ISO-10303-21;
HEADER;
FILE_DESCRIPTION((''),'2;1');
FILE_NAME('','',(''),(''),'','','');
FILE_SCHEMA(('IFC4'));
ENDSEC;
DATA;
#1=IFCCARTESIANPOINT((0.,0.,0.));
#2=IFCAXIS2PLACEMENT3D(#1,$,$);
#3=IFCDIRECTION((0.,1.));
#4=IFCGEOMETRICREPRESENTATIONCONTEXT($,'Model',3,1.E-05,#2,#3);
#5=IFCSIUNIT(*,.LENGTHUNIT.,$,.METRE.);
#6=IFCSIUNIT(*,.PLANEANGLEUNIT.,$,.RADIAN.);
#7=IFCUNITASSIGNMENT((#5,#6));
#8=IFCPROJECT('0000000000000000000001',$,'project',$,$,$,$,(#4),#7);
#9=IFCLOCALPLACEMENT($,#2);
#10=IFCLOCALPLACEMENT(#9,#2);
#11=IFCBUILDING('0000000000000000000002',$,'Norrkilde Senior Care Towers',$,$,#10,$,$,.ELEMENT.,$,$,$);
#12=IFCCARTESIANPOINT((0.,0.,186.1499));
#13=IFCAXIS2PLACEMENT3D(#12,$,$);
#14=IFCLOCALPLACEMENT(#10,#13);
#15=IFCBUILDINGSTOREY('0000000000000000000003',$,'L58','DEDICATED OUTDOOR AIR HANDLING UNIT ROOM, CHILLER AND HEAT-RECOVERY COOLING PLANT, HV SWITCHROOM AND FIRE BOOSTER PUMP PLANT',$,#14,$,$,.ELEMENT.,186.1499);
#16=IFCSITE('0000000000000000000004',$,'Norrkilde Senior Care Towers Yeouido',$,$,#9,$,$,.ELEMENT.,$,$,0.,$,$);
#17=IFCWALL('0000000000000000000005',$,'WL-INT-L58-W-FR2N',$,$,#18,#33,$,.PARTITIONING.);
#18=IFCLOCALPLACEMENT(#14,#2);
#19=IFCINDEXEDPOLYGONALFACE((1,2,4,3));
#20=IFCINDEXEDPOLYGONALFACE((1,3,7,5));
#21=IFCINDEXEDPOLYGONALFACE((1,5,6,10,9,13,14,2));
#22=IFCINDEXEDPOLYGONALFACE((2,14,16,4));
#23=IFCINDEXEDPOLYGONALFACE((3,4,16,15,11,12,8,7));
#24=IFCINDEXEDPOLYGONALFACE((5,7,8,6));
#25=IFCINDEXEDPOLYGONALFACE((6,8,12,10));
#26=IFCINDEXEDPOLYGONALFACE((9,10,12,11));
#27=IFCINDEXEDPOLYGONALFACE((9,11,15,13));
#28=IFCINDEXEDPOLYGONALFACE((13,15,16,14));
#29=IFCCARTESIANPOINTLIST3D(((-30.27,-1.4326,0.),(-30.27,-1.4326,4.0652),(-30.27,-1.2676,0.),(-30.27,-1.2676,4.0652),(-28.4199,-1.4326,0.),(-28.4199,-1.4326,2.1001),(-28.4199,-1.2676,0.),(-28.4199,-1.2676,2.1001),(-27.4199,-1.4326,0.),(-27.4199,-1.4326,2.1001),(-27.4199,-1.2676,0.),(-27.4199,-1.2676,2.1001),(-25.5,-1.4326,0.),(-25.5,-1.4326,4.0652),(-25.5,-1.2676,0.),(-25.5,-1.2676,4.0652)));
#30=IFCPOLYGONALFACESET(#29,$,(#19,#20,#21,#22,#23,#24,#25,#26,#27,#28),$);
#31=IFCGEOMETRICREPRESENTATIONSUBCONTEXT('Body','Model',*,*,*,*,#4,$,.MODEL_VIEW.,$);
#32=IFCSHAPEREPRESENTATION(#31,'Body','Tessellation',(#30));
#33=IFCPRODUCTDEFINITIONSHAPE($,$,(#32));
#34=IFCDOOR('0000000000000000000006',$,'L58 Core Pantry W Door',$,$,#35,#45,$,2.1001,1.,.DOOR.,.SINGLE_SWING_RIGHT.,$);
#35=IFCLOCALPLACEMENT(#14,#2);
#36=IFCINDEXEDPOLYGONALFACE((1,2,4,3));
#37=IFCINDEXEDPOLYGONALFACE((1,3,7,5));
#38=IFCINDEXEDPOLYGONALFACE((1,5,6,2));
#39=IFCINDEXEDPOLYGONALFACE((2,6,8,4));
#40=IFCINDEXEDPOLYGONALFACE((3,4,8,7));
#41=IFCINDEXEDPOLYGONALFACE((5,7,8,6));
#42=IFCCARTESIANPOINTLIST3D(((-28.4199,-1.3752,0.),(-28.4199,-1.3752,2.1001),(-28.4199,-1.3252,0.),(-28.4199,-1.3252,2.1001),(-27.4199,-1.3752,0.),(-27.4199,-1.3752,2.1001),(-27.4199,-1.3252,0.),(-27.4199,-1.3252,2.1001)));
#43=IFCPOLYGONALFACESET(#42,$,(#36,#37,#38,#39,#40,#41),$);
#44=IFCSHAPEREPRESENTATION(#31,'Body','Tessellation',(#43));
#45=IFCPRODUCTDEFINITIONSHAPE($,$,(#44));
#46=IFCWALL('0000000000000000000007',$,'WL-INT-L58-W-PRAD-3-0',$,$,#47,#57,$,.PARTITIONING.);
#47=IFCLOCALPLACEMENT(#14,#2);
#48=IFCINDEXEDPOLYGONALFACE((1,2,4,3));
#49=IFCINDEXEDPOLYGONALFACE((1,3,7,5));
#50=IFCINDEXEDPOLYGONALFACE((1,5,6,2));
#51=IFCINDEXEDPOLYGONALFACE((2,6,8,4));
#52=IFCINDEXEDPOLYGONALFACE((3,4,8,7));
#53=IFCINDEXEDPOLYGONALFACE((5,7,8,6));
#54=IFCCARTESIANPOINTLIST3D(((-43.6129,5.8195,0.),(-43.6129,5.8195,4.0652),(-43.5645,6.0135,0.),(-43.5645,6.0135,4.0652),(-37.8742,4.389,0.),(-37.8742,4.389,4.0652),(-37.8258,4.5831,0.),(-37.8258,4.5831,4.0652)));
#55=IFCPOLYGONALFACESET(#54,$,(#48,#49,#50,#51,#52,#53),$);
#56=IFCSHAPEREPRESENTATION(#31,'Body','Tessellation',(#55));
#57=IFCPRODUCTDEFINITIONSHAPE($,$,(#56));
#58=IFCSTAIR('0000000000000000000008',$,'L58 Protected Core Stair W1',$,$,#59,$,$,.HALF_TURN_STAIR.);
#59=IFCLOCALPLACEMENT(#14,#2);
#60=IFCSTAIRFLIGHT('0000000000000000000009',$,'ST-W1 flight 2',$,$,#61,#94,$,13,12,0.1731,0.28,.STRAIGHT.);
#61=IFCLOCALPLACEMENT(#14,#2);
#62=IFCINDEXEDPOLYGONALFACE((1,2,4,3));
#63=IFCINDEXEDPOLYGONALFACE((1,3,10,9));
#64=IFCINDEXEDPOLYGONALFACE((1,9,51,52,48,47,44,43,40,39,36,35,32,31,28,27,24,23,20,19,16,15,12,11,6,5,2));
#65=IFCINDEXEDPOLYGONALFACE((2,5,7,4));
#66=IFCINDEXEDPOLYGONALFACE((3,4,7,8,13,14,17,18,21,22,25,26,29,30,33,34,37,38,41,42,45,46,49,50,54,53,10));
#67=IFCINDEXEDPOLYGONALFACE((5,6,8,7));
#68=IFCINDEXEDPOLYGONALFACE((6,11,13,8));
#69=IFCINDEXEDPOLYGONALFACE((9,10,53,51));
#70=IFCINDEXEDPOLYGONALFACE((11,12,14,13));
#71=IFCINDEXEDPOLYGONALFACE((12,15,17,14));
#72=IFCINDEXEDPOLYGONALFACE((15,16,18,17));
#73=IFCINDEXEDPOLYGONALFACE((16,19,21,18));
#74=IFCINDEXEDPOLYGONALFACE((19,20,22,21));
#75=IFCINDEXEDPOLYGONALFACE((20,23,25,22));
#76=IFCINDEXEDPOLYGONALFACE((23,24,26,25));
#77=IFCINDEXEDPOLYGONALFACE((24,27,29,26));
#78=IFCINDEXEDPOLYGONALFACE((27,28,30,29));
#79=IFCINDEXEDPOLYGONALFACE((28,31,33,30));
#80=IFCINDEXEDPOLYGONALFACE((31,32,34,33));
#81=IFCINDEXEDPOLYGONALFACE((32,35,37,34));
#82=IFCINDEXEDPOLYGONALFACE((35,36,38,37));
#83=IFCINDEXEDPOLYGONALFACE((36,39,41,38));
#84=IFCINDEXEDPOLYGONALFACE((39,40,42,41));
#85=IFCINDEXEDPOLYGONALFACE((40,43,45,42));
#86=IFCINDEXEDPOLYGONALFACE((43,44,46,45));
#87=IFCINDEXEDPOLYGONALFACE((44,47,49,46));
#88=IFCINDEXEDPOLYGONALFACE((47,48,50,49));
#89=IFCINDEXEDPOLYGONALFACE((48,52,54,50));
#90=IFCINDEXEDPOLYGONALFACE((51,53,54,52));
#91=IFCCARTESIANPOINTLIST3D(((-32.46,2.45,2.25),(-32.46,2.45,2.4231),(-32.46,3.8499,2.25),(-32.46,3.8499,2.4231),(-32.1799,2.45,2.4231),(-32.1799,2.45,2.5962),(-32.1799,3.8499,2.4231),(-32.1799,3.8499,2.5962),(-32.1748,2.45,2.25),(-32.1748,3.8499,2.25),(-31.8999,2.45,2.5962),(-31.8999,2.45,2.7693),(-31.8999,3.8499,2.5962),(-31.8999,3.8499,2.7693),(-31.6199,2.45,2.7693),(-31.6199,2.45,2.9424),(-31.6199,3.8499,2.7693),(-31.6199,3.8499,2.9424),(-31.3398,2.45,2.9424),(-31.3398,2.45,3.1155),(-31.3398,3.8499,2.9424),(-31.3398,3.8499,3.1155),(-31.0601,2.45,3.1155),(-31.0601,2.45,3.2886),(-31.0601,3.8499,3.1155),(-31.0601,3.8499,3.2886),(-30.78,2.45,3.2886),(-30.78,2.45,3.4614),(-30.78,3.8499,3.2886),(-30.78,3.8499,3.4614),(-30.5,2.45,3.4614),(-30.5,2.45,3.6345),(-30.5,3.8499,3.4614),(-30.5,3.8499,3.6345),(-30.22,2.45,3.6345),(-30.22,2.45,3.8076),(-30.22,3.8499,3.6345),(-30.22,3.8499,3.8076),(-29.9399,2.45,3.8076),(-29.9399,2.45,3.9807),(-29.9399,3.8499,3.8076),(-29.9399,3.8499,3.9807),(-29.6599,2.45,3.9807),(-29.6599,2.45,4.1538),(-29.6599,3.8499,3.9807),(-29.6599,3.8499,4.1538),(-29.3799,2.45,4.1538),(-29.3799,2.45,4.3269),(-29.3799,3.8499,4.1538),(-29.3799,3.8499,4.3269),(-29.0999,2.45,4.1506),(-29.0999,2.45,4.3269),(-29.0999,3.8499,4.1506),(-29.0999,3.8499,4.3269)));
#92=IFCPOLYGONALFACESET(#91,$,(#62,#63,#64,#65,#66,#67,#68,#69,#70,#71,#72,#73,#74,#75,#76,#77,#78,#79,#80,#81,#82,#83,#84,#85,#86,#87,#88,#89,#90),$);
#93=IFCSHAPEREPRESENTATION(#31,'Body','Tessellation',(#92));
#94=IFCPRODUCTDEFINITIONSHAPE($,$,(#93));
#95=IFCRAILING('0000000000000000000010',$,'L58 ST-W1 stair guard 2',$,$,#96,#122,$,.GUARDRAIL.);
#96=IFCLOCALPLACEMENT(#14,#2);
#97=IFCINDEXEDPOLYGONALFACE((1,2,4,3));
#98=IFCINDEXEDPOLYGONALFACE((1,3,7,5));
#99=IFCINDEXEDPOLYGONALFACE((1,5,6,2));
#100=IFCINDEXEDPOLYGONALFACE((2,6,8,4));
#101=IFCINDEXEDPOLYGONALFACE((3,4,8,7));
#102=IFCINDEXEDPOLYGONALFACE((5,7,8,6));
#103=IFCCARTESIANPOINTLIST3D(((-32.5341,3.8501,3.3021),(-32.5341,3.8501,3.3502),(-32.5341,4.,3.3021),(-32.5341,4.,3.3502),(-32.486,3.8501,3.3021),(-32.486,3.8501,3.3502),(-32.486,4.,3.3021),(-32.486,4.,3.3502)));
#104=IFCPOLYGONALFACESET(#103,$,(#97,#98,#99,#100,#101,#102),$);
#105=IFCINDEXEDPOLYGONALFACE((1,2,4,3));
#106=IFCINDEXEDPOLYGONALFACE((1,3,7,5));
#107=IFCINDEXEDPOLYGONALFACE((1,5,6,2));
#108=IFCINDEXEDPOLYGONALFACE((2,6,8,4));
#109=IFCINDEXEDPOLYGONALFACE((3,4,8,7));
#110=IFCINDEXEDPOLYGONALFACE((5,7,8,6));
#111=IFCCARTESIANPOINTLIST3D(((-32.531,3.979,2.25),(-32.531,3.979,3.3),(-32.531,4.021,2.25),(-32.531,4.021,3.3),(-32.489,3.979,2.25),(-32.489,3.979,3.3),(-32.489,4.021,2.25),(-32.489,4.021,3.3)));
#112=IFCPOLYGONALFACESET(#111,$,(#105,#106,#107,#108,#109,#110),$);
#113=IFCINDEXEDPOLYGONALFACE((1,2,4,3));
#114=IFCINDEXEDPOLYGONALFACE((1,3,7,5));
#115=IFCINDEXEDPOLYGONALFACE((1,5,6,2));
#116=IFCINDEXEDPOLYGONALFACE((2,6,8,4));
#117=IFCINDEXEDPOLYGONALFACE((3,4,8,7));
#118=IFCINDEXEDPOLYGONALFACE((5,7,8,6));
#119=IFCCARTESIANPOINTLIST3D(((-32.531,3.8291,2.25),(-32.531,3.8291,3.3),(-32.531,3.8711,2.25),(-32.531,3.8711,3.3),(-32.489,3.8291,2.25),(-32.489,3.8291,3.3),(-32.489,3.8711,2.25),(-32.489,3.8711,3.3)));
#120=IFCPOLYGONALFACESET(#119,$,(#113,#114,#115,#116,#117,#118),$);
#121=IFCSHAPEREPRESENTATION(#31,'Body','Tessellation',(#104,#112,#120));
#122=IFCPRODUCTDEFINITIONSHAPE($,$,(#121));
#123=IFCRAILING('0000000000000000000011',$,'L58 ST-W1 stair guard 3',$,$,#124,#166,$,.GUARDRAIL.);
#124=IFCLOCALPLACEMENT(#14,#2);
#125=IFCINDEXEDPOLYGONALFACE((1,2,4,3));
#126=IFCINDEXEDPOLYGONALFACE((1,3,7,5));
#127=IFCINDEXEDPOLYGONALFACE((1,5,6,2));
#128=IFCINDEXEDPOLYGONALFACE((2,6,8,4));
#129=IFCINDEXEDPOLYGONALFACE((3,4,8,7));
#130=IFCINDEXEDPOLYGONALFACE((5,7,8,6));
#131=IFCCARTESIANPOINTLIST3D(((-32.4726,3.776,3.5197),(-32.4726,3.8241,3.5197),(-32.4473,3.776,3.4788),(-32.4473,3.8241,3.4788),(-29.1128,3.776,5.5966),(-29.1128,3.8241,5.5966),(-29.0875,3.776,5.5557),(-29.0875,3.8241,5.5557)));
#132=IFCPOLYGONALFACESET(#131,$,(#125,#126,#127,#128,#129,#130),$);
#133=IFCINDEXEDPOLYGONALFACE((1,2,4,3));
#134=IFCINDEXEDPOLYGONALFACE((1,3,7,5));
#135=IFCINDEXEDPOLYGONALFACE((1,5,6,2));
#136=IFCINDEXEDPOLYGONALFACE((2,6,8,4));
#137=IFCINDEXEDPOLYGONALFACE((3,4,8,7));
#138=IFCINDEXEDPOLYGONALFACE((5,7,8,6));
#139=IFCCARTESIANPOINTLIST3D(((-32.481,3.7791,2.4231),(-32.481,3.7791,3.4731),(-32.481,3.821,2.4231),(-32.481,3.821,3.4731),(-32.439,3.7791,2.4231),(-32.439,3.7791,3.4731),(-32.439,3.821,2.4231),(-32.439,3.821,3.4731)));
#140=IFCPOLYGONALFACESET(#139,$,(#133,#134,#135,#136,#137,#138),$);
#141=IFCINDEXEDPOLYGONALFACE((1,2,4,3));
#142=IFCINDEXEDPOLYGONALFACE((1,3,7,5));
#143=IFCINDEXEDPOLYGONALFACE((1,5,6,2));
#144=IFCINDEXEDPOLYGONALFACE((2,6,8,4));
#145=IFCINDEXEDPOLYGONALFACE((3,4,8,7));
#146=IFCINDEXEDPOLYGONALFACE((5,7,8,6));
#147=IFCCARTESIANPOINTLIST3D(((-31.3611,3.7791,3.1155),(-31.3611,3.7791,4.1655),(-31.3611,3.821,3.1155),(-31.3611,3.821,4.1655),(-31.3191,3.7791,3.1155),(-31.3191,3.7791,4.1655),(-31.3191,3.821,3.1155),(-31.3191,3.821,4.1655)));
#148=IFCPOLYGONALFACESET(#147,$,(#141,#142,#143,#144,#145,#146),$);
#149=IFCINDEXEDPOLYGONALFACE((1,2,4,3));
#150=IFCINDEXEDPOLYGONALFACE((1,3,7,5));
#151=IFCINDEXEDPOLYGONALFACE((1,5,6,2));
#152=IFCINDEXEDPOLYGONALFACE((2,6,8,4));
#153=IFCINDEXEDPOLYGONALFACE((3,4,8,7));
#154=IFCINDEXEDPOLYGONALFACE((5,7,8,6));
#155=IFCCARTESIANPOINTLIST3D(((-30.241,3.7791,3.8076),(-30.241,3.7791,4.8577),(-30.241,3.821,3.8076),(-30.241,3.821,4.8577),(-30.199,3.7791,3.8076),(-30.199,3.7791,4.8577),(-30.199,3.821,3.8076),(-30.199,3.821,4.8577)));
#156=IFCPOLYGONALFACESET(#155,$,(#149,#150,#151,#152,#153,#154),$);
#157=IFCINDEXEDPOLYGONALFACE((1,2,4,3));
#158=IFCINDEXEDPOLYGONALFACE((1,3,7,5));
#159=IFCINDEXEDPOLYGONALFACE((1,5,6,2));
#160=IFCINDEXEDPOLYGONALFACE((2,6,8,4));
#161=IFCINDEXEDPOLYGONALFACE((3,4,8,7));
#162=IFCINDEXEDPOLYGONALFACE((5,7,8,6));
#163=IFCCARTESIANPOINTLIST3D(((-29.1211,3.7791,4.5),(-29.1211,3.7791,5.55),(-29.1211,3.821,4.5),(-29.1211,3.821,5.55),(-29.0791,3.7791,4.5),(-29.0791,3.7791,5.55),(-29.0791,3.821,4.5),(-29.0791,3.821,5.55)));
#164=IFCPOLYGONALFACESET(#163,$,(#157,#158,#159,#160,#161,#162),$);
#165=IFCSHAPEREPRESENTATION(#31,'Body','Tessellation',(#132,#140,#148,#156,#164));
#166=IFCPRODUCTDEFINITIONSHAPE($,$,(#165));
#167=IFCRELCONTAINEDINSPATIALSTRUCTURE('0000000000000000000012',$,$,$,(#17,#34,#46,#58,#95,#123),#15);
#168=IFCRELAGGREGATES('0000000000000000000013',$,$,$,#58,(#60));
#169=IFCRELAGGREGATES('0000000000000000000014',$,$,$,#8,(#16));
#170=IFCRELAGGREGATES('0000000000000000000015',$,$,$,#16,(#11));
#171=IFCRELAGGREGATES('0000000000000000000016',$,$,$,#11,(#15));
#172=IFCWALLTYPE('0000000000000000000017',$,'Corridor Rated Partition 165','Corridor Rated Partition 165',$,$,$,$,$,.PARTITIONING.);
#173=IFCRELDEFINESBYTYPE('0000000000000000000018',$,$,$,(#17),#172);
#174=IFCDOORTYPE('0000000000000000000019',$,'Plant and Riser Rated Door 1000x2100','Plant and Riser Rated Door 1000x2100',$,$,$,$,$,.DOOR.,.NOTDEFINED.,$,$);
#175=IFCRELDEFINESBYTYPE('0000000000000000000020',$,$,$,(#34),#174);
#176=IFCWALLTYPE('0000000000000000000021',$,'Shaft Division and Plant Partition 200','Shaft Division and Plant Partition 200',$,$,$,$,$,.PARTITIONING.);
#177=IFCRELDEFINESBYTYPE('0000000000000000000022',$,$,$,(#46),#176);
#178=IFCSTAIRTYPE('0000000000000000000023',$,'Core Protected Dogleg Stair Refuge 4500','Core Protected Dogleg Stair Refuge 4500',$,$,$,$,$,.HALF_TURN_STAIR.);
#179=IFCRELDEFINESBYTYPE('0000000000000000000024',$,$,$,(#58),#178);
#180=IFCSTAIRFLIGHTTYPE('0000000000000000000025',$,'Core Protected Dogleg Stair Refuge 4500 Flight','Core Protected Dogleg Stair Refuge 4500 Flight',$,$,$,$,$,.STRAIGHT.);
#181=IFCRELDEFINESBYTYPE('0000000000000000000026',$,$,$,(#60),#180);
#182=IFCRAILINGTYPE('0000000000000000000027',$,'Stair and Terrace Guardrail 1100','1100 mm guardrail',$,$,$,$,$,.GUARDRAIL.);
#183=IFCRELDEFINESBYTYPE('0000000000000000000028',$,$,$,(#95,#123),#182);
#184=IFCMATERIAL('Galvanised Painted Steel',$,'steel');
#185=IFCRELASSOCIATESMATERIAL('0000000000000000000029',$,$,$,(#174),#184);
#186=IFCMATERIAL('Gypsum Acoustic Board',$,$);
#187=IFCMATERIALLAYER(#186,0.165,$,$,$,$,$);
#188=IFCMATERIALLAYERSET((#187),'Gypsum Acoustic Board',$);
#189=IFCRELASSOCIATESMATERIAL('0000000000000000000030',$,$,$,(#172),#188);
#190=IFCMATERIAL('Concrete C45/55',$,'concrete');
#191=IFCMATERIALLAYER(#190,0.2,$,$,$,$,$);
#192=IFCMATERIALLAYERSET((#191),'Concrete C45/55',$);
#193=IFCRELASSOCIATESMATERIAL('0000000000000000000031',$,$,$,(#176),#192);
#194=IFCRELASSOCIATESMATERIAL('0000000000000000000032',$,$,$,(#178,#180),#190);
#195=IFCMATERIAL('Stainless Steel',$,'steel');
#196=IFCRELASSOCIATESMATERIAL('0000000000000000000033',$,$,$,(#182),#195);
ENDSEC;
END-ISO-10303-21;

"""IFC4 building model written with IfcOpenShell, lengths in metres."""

from ifc_helpers import new_model, si_unit, direction, frame, frame_2d, origin, origin_2d, place, context, subcontext, project, spatial, polyline, rectangle, outline, extrude, source, transform, mapped, material, layer, layer_set, type_object, type_shapes, element, fill, aggregate, save


model = new_model("IFC4")

# Units and contexts
model_context = context("Model", 3, precision=1e-05, world=origin(), true_north=direction((0.0, 1.0)))
body_context = subcontext(model_context, "Body", "Model", "MODEL_VIEW")
ifc_project = project(units=[si_unit("LENGTHUNIT", "METRE"), si_unit("PLANEANGLEUNIT", "RADIAN")], contexts=[model_context])

# Site, building, storey
site_placement = place(None, origin())
site = spatial("IfcSite", under=ifc_project, at=site_placement, Name="Norrkilde Senior Care Towers Yeouido", CompositionType="ELEMENT", RefElevation=0.0)
building_placement = place(site_placement, origin())
building = spatial("IfcBuilding", under=site, at=building_placement, Name="Norrkilde Senior Care Towers", CompositionType="ELEMENT")
storey_placement = place(building_placement, frame((0.0, 0.0, 186.1499)))
storey = spatial("IfcBuildingStorey", under=building, at=storey_placement, Name="L58", Description="DEDICATED OUTDOOR AIR HANDLING UNIT ROOM, CHILLER AND HEAT-RECOVERY COOLING PLANT, HV SWITCHROOM AND FIRE BOOSTER PUMP PLANT", CompositionType="ELEMENT", Elevation=186.1499)

# Shared definitions
ifc_material_1 = material(Name="Concrete C45/55", Category="concrete")

# Shared definitions
ifc_material_2 = material(Name="Galvanised Painted Steel", Category="steel")
door_type = type_object("IfcDoorType", Name="Plant and Riser Rated Door 1000x2100", Description="Plant and Riser Rated Door 1000x2100", OperationType="NOTDEFINED", PredefinedType="DOOR", material=ifc_material_2)
shared_shape_1 = source(origin(), body_context, "Body", "SweptSolid", [
    extrude(rectangle(XDim=1.0, YDim=2.1001, at=frame_2d((0.5, 1.05))), frame((0.0, 0.0249, 0.0), z_axis=(0.0, -1.0, 0.0), x_axis=(1.0, 0.0, 0.0)), (0.0, 0.0, 1.0), 0.05),
])
type_shapes(door_type, [shared_shape_1])

# Wall, opening, door
ifc_material_3 = material(Name="Gypsum Acoustic Board")
ifc_layer_1 = layer(ifc_material_3, 0.165)
ifc_layer_set_1 = layer_set([ifc_layer_1], Name="Gypsum Acoustic Board")
wall_type_1 = type_object("IfcWallType", Name="Corridor Rated Partition 165", Description="Corridor Rated Partition 165", PredefinedType="PARTITIONING", material=ifc_layer_set_1)
shared_shape_2 = source(origin(), body_context, "Body", "SweptSolid", [
    extrude(rectangle(XDim=4.77, YDim=0.165, at=frame_2d((2.385, 0.0))), origin(), (0.0, 0.0, 1.0), 4.0652),
])
type_shapes(wall_type_1, [shared_shape_2])
wall_1_placement = place(storey_placement, frame((-30.27, -1.3501, 0.0), z_axis=(0.0, 0.0, 1.0), x_axis=(1.0, 0.0, 0.0)))
wall_1 = element("IfcWall", 1, at=wall_1_placement, inside=storey, type_object=wall_type_1, Name="WL-INT-L58-W-FR2N", PredefinedType="PARTITIONING", context=body_context, shape_type="MappedRepresentation", body=[
    mapped(shared_shape_2, transform((0.0, 0.0, 0.0), x_axis=(1.0, 0.0, 0.0), y_axis=(0.0, 1.0, 0.0), z_axis=(0.0, 0.0, 1.0), scale=1.0)),
])
opening_1_placement = place(wall_1_placement, frame((1.8501, 0.0, 0.0)))
opening_1 = element("IfcOpeningElement", 2, at=opening_1_placement, cuts=wall_1, PredefinedType="OPENING", context=body_context, shape_type="SweptSolid", body=[
    extrude(rectangle(XDim=1.0, YDim=2.1001, at=frame_2d((0.5, 1.05))), frame((0.0, 0.0925, 0.0), z_axis=(0.0, -1.0, 0.0), x_axis=(1.0, 0.0, 0.0)), (0.0, 0.0, 1.0), 0.1851),
])
door_1_placement = place(opening_1_placement, origin())
door_1 = element("IfcDoor", 3, at=door_1_placement, inside=storey, type_object=door_type, Name="L58 Core Pantry W Door", OperationType="SINGLE_SWING_RIGHT", OverallHeight=2.1001, OverallWidth=1.0, PredefinedType="DOOR", context=body_context, shape_type="MappedRepresentation", body=[
    mapped(shared_shape_1, transform((0.0, 0.0, 0.0), x_axis=(1.0, 0.0, 0.0), y_axis=(0.0, 1.0, 0.0), z_axis=(0.0, 0.0, 1.0), scale=1.0)),
])
fill(opening_1, door_1)

# Wall
ifc_layer_2 = layer(ifc_material_1, 0.2)
ifc_layer_set_2 = layer_set([ifc_layer_2], Name="Concrete C45/55")
wall_type_2 = type_object("IfcWallType", Name="Shaft Division and Plant Partition 200", Description="Shaft Division and Plant Partition 200", PredefinedType="PARTITIONING", material=ifc_layer_set_2)
shared_shape_3 = source(origin(), body_context, "Body", "SweptSolid", [
    extrude(rectangle(XDim=5.9143, YDim=0.2, at=frame_2d((2.957, 0.0))), origin(), (0.0, 0.0, 1.0), 4.0652),
])
type_shapes(wall_type_2, [shared_shape_3])
wall_2_placement = place(storey_placement, frame((-37.8501, 4.4861, 0.0), z_axis=(0.0, 0.0, 1.0), x_axis=(-0.970312, 0.241856, 0.0)))
element("IfcWall", 4, at=wall_2_placement, inside=storey, type_object=wall_type_2, Name="WL-INT-L58-W-PRAD-3-0", PredefinedType="PARTITIONING", context=body_context, shape_type="MappedRepresentation", body=[
    mapped(shared_shape_3, transform((0.0, 0.0, 0.0), x_axis=(1.0, 0.0, 0.0), y_axis=(0.0, 1.0, 0.0), z_axis=(0.0, 0.0, 1.0), scale=1.0)),
])

# Stair, stair flight
stair_type = type_object("IfcStairType", Name="Core Protected Dogleg Stair Refuge 4500", Description="Core Protected Dogleg Stair Refuge 4500", PredefinedType="HALF_TURN_STAIR", material=ifc_material_1)
stair_placement = place(storey_placement, origin())
stair = element("IfcStair", 5, at=stair_placement, inside=storey, type_object=stair_type, Name="L58 Protected Core Stair W1", PredefinedType="HALF_TURN_STAIR")
stair_flight_type = type_object("IfcStairFlightType", Name="Core Protected Dogleg Stair Refuge 4500 Flight", Description="Core Protected Dogleg Stair Refuge 4500 Flight", PredefinedType="STRAIGHT", material=ifc_material_1)
stair_flight_placement = place(storey_placement, frame((-32.46, 3.1499, 2.25), z_axis=(0.0, 0.0, 1.0), x_axis=(1.0, 0.0, 0.0)))
stair_flight = element("IfcStairFlight", 6, at=stair_flight_placement, type_object=stair_flight_type, Name="ST-W1 flight 2", NumberOfRisers=13, NumberOfTreads=12, PredefinedType="STRAIGHT", RiserHeight=0.1731, TreadLength=0.28, context=body_context, shape_type="SweptSolid", body=[
    extrude(outline(polyline([(0.0, 0.0), (0.0, 0.1731), (0.28, 0.1731), (0.28, 0.3462), (0.5601, 0.3462), (0.5601, 0.5193), (0.8401, 0.5193), (0.8401, 0.6924), (1.1201, 0.6924), (1.1201, 0.8655), (1.3999, 0.8655), (1.3999, 1.0386), (1.6799, 1.0386), (1.6799, 1.2114), (1.96, 1.2114), (1.96, 1.3845), (2.24, 1.3845), (2.24, 1.5576), (2.52, 1.5576), (2.52, 1.7307), (2.8, 1.7307), (2.8, 1.9038), (3.0801, 1.9038), (3.0801, 2.0769), (3.3601, 2.0769), (3.3601, 2.25), (3.3601, 1.9006), (0.2852, 0.0), (0.0, 0.0)])), frame((0.0, 0.7, 0.0), z_axis=(0.0, -1.0, 0.0), x_axis=(1.0, 0.0, 0.0)), (0.0, 0.0, 1.0), 1.3999),
])
aggregate(stair, [stair_flight])

# Railings
ifc_material_4 = material(Name="Stainless Steel", Category="steel")
railing_type_1 = type_object("IfcRailingType", Name="Stair and Terrace Guardrail 1100", Description="1100 mm guardrail", PredefinedType="GUARDRAIL", material=ifc_material_4)
railing_1_placement = place(storey_placement, frame((-32.51, 4.0, 2.25)))
element("IfcRailing", 7, at=railing_1_placement, inside=storey, type_object=railing_type_1, Name="L58 ST-W1 stair guard 2", PredefinedType="GUARDRAIL", context=body_context, shape_type="SweptSolid", body=[
    extrude(rectangle(XDim=0.0481, YDim=0.0481, at=origin_2d()), frame((0.0, 0.0, 1.0762), z_axis=(0.0, -1.0, 0.0), x_axis=(1.0, 0.0, 0.0)), (0.0, 0.0, 1.0), 0.1499),
    extrude(rectangle(XDim=0.042, YDim=0.042, at=origin_2d()), origin(), (0.0, 0.0, 1.0), 1.05),
    extrude(rectangle(XDim=0.042, YDim=0.042, at=origin_2d()), frame((0.0, -0.1499, 0.0)), (0.0, 0.0, 1.0), 1.05),
])
railing_2_placement = place(storey_placement, frame((-32.46, 3.8, 2.4231)))
element("IfcRailing", 8, at=railing_2_placement, inside=storey, type_object=railing_type_1, Name="L58 ST-W1 stair guard 3", PredefinedType="GUARDRAIL", context=body_context, shape_type="SweptSolid", body=[
    extrude(rectangle(XDim=0.0481, YDim=0.0481, at=origin_2d()), frame((0.0, 0.0, 1.0762), z_axis=(0.850606, 0.0, 0.525803), x_axis=(0.0, 1.0, 0.0)), (0.0, 0.0, 1.0), 3.95),
    extrude(rectangle(XDim=0.042, YDim=0.042, at=origin_2d()), origin(), (0.0, 0.0, 1.0), 1.05),
    extrude(rectangle(XDim=0.042, YDim=0.042, at=origin_2d()), frame((1.1199, 0.0, 0.6924)), (0.0, 0.0, 1.0), 1.05),
    extrude(rectangle(XDim=0.042, YDim=0.042, at=origin_2d()), frame((2.24, 0.0, 1.3845)), (0.0, 0.0, 1.0), 1.05),
    extrude(rectangle(XDim=0.042, YDim=0.042, at=origin_2d()), frame((3.3599, 0.0, 2.0769)), (0.0, 0.0, 1.0), 1.05),
])

save(model, "model.ifc")
